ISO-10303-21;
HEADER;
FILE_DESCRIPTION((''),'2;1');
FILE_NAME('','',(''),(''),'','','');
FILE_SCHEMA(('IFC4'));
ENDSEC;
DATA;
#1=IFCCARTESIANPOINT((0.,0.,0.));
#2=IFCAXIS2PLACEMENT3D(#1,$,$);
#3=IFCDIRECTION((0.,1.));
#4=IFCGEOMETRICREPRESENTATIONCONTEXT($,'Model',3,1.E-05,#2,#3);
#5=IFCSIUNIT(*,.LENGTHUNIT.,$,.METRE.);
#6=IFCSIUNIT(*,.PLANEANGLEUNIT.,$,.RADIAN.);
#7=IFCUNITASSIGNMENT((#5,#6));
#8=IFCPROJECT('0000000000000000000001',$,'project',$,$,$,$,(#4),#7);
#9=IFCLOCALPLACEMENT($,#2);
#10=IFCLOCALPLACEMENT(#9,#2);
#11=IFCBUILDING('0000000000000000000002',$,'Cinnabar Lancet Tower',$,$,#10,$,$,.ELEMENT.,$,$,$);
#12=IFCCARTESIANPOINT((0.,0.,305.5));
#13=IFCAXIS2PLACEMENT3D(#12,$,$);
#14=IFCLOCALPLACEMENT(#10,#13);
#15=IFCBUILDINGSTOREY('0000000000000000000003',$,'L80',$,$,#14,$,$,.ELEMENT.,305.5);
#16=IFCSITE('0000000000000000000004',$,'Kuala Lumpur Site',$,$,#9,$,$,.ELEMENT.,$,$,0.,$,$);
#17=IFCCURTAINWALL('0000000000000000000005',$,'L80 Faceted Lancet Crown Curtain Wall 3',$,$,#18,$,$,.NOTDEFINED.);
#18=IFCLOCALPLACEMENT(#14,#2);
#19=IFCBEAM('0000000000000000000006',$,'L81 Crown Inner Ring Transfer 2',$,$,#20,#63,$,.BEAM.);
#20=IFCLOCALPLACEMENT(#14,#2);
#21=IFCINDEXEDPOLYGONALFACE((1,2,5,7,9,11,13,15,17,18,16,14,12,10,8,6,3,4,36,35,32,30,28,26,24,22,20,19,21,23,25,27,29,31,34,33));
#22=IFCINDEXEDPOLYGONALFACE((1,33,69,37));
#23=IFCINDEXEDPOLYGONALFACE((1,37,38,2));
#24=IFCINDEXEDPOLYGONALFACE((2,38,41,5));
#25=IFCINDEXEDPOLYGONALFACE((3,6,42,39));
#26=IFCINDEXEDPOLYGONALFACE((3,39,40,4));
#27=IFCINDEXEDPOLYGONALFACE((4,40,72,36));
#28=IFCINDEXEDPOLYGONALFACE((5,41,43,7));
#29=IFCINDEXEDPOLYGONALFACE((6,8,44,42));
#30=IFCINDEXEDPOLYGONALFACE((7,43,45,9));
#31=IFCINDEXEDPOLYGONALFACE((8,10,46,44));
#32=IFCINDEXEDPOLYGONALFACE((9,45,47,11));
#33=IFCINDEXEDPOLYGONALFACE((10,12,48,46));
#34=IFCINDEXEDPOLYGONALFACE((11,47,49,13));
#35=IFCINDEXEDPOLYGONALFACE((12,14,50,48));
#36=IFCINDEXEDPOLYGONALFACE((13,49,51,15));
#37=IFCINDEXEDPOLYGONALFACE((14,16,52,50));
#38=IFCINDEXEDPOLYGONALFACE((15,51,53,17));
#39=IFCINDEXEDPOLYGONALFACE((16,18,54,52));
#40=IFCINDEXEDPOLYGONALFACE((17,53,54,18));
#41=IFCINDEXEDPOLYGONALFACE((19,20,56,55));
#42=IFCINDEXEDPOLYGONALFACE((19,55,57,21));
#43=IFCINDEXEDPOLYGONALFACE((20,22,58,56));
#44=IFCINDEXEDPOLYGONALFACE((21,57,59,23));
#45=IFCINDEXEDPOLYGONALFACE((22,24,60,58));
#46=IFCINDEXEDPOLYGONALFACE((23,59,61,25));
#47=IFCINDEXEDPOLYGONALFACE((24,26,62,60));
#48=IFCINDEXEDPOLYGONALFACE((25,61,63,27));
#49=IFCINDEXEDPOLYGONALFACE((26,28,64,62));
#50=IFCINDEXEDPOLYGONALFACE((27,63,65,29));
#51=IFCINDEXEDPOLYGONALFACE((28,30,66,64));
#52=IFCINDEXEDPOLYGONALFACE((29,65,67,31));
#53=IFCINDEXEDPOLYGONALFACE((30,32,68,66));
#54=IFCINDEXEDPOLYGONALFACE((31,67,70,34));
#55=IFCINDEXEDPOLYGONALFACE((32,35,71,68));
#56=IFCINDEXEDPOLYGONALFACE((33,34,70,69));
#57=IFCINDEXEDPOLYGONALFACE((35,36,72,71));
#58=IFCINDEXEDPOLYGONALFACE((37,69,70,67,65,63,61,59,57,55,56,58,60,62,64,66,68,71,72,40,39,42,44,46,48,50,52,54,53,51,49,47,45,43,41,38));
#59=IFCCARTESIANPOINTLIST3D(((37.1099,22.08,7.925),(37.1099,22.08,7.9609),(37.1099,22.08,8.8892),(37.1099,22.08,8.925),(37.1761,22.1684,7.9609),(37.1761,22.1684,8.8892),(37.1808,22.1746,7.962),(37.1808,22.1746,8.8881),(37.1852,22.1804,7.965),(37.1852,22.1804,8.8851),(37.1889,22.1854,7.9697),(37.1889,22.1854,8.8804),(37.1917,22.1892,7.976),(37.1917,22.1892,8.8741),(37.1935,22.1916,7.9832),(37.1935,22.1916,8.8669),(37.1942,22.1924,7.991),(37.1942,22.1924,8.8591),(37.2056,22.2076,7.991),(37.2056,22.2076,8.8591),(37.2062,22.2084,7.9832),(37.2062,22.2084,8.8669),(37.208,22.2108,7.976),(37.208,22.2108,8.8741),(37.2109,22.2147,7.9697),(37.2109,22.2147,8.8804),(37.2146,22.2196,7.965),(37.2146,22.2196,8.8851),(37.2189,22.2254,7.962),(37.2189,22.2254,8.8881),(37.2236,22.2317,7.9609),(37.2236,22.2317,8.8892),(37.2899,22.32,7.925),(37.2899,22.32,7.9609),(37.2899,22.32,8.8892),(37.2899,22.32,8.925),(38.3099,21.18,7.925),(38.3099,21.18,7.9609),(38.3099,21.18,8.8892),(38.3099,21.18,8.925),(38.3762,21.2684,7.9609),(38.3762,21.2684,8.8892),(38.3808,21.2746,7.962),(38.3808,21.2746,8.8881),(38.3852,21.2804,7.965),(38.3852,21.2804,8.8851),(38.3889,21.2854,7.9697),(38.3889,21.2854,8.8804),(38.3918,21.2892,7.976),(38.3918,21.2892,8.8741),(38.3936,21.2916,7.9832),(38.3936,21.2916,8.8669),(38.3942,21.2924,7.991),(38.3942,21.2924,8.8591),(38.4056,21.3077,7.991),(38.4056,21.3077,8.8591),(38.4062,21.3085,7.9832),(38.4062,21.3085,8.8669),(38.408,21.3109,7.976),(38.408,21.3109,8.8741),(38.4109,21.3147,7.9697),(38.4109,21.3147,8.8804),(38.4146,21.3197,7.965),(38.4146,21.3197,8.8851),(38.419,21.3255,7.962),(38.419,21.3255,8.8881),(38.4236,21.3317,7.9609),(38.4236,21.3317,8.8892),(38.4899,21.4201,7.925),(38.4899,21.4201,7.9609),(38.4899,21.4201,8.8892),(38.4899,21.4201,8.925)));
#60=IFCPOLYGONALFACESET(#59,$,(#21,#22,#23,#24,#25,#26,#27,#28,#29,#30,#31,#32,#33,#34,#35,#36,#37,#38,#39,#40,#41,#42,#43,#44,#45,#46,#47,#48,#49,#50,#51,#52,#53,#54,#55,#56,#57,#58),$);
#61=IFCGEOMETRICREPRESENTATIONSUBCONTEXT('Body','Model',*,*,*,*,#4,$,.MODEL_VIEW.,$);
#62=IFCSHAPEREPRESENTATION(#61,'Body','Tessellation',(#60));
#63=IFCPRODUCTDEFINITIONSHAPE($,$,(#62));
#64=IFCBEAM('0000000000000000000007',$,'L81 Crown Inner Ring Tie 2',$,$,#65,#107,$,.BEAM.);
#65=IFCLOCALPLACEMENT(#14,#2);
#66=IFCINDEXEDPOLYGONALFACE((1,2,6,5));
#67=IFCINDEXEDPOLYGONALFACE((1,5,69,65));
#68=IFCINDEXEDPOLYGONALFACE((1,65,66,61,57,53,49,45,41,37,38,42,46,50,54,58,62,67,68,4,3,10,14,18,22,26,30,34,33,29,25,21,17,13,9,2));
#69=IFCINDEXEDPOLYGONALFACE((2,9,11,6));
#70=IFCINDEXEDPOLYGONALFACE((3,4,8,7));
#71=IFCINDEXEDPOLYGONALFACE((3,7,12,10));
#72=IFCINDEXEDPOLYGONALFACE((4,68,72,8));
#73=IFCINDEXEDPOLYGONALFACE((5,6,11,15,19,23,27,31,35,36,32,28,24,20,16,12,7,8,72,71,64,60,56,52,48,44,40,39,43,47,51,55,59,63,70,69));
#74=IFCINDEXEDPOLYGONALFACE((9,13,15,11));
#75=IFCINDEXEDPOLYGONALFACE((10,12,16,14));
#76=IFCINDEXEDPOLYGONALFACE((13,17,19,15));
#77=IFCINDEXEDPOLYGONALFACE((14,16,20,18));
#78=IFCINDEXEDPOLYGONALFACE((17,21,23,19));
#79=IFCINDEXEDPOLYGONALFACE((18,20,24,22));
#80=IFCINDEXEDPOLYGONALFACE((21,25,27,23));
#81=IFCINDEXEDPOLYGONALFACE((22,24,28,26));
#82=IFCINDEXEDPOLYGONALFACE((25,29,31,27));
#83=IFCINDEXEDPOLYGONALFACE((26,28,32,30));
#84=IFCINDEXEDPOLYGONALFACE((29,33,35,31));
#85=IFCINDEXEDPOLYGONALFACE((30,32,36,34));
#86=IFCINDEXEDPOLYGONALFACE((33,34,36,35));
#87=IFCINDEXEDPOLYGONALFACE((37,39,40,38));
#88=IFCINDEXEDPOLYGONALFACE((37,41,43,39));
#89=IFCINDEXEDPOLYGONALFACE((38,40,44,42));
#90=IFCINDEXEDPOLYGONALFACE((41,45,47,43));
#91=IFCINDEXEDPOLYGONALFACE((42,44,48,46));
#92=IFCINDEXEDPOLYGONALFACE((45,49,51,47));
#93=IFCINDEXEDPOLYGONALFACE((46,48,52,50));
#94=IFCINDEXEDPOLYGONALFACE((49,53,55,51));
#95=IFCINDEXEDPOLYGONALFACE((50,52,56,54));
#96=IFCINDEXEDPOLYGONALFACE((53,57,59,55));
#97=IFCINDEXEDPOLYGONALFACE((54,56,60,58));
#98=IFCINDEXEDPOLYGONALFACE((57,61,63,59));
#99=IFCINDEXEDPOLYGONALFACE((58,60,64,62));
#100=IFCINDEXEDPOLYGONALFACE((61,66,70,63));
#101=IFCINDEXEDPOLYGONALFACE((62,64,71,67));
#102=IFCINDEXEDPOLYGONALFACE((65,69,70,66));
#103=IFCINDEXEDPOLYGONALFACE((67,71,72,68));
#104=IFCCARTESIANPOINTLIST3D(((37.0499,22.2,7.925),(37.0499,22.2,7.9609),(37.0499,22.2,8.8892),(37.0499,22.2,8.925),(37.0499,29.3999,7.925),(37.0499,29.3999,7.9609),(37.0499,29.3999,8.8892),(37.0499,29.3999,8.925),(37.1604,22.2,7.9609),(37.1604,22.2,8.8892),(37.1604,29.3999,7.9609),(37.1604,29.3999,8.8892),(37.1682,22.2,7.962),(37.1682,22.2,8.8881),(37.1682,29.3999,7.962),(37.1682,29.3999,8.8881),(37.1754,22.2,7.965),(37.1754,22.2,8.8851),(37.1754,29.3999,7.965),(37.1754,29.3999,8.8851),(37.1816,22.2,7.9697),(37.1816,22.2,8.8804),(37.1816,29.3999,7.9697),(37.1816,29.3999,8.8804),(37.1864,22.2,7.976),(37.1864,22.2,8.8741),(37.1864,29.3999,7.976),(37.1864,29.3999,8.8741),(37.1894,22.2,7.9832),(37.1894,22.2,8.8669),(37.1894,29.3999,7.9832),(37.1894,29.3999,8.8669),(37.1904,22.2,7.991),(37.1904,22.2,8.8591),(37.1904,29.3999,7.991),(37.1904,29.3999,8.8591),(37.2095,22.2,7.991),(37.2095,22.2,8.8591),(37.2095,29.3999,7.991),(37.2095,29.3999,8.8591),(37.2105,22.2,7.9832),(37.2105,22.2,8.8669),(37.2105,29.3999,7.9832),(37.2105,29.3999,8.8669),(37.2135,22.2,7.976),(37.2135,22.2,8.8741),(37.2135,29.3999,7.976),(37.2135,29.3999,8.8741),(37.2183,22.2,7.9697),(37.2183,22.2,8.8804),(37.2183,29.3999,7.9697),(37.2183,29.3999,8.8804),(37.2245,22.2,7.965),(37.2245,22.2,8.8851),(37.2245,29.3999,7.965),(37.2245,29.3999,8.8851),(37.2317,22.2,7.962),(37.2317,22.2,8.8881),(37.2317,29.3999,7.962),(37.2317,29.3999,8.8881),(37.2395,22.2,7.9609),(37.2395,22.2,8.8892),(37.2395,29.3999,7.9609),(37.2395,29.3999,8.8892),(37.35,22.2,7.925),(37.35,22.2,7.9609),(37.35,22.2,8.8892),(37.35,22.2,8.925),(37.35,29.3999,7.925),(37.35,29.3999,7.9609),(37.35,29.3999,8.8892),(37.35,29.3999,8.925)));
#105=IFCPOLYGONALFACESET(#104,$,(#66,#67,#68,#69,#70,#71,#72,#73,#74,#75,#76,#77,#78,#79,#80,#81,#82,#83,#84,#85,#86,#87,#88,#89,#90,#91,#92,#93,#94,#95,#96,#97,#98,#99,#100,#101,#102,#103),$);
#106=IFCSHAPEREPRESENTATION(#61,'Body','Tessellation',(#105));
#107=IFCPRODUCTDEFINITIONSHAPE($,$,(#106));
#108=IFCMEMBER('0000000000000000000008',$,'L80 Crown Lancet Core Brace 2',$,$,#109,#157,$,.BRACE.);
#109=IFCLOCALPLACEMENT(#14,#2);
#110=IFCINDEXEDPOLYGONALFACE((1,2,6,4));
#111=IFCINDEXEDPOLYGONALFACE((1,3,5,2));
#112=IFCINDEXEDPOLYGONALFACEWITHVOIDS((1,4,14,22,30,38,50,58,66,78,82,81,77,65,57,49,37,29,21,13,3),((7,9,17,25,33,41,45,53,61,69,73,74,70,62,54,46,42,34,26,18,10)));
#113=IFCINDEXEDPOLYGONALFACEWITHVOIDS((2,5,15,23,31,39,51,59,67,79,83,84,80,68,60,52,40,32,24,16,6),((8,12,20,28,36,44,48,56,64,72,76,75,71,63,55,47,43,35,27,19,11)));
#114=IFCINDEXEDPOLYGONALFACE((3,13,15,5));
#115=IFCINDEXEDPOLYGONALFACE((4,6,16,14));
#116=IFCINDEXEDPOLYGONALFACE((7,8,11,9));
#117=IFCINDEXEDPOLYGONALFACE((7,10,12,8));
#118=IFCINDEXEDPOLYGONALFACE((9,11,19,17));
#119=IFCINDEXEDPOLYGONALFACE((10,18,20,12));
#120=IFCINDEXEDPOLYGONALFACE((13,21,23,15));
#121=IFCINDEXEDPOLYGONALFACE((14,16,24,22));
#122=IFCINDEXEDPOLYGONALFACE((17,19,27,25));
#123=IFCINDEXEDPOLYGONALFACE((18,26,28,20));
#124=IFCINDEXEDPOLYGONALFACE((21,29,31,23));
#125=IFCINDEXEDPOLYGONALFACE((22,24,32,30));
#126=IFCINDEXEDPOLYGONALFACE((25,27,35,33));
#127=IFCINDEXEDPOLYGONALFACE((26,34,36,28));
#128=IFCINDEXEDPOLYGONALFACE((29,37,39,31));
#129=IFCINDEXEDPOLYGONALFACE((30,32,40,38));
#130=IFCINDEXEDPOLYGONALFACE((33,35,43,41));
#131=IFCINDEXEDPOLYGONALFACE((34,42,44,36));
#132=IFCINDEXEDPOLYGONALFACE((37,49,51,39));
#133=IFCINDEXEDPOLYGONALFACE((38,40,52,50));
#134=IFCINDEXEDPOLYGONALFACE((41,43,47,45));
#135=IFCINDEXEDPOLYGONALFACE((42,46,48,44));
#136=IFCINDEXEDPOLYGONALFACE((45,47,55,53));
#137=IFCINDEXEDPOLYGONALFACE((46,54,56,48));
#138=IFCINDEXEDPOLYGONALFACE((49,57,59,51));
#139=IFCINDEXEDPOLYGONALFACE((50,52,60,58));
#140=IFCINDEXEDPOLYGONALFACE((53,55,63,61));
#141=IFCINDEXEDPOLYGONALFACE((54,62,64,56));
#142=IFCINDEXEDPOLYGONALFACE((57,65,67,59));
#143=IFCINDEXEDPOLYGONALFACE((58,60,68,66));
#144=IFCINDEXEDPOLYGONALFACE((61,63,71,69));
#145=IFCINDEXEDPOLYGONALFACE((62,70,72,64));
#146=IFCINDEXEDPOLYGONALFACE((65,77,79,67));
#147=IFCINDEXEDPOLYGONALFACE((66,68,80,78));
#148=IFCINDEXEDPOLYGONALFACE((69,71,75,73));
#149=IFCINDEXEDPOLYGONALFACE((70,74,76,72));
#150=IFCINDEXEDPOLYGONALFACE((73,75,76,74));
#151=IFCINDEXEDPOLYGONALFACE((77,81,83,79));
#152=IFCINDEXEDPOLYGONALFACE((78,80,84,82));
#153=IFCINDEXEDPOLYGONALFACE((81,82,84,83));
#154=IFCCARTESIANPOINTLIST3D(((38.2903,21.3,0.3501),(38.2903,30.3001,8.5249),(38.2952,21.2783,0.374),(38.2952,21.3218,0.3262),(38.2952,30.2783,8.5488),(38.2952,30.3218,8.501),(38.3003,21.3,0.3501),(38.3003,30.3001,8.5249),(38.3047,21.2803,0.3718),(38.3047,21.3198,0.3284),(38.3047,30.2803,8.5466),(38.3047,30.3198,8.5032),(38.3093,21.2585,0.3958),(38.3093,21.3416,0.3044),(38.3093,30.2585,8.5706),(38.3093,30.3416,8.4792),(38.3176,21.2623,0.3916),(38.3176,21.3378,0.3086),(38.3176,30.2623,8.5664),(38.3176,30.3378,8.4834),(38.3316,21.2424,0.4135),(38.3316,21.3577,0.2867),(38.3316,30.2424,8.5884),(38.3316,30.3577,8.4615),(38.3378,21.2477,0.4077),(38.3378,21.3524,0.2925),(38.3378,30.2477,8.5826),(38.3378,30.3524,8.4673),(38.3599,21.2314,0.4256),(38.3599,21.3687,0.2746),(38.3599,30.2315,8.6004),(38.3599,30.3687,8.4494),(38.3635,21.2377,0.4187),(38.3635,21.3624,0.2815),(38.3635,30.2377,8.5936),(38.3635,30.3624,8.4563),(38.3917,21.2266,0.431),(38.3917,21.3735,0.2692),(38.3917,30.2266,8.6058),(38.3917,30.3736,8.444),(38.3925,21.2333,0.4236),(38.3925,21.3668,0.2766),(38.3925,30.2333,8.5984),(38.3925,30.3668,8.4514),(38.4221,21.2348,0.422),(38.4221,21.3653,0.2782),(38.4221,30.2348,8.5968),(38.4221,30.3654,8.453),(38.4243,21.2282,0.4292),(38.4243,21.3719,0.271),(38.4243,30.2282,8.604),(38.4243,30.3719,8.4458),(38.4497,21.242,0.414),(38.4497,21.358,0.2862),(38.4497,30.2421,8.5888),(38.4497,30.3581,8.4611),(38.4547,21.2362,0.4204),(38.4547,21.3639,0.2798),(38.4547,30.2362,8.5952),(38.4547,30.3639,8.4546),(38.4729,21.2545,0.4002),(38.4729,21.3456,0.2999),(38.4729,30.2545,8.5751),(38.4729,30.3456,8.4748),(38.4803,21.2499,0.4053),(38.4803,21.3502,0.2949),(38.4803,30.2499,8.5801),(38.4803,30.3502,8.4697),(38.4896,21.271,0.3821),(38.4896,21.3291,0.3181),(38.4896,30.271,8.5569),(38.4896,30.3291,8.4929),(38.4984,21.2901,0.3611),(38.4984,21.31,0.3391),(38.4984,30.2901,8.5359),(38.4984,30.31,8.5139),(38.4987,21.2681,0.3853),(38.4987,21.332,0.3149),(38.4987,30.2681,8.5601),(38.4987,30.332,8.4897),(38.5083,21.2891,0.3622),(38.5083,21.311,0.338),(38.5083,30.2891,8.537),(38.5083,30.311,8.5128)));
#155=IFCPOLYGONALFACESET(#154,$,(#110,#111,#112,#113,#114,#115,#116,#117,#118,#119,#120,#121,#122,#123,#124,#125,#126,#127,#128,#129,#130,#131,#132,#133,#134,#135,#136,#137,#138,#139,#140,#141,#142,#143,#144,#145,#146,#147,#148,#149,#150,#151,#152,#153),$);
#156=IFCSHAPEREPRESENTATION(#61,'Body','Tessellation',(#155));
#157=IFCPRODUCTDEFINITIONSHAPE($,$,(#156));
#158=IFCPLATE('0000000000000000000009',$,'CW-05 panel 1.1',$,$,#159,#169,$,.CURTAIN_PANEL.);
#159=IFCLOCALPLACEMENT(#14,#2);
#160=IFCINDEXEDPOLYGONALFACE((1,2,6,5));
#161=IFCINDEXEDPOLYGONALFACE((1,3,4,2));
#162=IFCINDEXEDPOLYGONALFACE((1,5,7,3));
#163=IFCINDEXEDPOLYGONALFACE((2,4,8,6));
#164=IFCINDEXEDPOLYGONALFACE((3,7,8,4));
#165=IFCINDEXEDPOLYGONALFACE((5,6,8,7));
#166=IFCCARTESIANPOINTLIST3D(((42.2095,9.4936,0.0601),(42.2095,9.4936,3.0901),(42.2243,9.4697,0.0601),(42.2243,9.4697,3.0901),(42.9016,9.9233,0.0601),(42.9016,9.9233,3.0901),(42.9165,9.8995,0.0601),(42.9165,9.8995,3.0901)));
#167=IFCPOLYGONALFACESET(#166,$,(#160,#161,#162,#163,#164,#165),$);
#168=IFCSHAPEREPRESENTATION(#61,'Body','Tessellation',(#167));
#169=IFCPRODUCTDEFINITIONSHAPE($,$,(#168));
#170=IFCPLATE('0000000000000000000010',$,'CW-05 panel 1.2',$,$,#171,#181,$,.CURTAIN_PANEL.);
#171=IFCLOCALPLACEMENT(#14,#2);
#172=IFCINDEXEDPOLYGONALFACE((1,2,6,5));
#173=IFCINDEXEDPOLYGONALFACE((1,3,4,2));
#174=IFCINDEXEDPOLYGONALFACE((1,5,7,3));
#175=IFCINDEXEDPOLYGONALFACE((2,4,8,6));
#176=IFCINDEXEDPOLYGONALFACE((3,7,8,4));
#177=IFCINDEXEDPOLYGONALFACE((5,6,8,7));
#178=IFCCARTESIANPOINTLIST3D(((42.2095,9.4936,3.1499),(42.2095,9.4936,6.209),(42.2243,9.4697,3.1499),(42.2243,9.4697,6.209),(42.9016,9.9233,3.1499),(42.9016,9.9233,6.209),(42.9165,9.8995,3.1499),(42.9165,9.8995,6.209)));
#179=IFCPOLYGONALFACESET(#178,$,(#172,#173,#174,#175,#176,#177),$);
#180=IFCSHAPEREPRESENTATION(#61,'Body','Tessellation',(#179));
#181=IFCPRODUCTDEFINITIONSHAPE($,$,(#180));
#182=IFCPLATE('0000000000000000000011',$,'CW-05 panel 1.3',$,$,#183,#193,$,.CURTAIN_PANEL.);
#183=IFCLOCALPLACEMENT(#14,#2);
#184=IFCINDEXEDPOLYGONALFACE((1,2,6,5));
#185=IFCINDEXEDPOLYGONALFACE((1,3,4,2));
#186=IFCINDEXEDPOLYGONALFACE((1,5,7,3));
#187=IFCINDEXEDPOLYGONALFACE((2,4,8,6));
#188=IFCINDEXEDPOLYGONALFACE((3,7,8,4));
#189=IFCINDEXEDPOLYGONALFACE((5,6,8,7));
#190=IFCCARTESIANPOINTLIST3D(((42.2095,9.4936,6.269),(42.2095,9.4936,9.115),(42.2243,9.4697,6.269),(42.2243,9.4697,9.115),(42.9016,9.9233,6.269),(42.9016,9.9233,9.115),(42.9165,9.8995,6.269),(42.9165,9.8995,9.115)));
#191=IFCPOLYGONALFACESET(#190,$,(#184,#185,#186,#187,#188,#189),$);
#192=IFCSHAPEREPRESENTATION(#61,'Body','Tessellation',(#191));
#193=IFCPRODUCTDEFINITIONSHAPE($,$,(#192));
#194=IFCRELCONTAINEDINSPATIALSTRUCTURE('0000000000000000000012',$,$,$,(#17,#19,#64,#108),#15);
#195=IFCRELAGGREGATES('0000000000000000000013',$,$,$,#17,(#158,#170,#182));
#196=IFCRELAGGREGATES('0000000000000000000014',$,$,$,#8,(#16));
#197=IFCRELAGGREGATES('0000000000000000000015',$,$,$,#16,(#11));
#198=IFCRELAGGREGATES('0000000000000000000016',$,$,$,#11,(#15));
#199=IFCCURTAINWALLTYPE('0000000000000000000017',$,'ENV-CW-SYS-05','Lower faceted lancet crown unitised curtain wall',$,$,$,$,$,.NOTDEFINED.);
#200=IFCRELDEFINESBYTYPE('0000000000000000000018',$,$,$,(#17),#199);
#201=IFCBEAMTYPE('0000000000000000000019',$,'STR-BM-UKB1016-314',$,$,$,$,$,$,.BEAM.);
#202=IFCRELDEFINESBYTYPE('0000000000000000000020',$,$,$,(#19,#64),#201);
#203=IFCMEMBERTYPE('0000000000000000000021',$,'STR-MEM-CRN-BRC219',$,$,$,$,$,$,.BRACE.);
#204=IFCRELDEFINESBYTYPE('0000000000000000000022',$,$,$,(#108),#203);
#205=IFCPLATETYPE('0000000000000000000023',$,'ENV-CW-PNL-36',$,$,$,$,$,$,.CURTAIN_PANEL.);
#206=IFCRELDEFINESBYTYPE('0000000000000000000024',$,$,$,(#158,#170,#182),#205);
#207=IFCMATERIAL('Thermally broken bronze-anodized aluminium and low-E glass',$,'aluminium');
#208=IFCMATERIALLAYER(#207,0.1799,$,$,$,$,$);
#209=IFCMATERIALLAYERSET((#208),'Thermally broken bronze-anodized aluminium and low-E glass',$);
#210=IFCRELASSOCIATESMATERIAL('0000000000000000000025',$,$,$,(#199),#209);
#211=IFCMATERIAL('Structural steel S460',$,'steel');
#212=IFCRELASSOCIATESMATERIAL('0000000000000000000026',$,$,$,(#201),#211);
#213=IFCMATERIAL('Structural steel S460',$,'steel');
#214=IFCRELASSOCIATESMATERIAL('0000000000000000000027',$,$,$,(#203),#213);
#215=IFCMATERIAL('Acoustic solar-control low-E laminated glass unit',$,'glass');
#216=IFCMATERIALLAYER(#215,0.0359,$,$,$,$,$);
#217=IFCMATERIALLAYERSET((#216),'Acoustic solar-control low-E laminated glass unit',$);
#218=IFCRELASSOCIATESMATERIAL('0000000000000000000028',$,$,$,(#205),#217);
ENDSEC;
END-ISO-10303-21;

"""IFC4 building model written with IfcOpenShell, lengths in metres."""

from ifc_helpers import new_model, si_unit, direction, frame, origin, origin_2d, place, context, subcontext, project, spatial, rectangle, hollow_circle, i_section, extrude, material, layer, layer_set, material_profile, profile_set, type_object, element, aggregate, save


model = new_model("IFC4")

# Units and contexts
model_context = context("Model", 3, precision=1e-05, world=origin(), true_north=direction((0.0, 1.0)))
body_context = subcontext(model_context, "Body", "Model", "MODEL_VIEW")
ifc_project = project(units=[si_unit("LENGTHUNIT", "METRE"), si_unit("PLANEANGLEUNIT", "RADIAN")], contexts=[model_context])

# Site, building, storey
site_placement = place(None, origin())
site = spatial("IfcSite", under=ifc_project, at=site_placement, Name="Kuala Lumpur Site", CompositionType="ELEMENT", RefElevation=0.0)
building_placement = place(site_placement, origin())
building = spatial("IfcBuilding", under=site, at=building_placement, Name="Cinnabar Lancet Tower", CompositionType="ELEMENT")
storey_placement = place(building_placement, frame((0.0, 0.0, 305.5)))
storey = spatial("IfcBuildingStorey", under=building, at=storey_placement, Name="L80", CompositionType="ELEMENT", Elevation=305.5)

# Curtain wall
ifc_material_1 = material(Name="Thermally broken bronze-anodized aluminium and low-E glass", Category="aluminium")
ifc_layer_1 = layer(ifc_material_1, 0.1799)
ifc_layer_set_1 = layer_set([ifc_layer_1], Name="Thermally broken bronze-anodized aluminium and low-E glass")
curtain_wall_type = type_object("IfcCurtainWallType", Name="ENV-CW-SYS-05", Description="Lower faceted lancet crown unitised curtain wall", PredefinedType="NOTDEFINED", material=ifc_layer_set_1)
curtain_wall_1_placement = place(storey_placement, origin())
curtain_wall_1 = element("IfcCurtainWall", 1, at=curtain_wall_1_placement, inside=storey, type_object=curtain_wall_type, Name="L80 Faceted Lancet Crown Curtain Wall 3", PredefinedType="NOTDEFINED")

# Beams
ifc_material_2 = material(Name="Structural steel S460", Category="steel")
ifc_material_profile_1 = material_profile(ifc_material_2, i_section(OverallWidth=0.3, OverallDepth=1.0, WebThickness=0.019, FlangeThickness=0.0359, FilletRadius=0.03, at=origin_2d()), Name="UKB 1016x305x314")
ifc_profile_set_1 = profile_set([ifc_material_profile_1], Name="Structural steel S460")
beam_type = type_object("IfcBeamType", Name="STR-BM-UKB1016-314", PredefinedType="BEAM", material=ifc_profile_set_1)
beam_1_placement = place(storey_placement, frame((38.3999, 21.3, 8.425), z_axis=(-0.80002, 0.599974, 0.0), x_axis=(-0.599974, -0.80002, 0.0)))
element("IfcBeam", 2, at=beam_1_placement, inside=storey, type_object=beam_type, Name="L81 Crown Inner Ring Transfer 2", PredefinedType="BEAM", context=body_context, shape_type="SweptSolid", body=[
    extrude(i_section(OverallWidth=0.3, OverallDepth=1.0, WebThickness=0.019, FlangeThickness=0.0359, FilletRadius=0.03, at=origin_2d()), origin(), (0.0, 0.0, 1.0), 1.5),
])
beam_2_placement = place(storey_placement, frame((37.2, 22.2, 8.425), z_axis=(0.0, 1.0, 0.0), x_axis=(-1.0, 0.0, 0.0)))
element("IfcBeam", 3, at=beam_2_placement, inside=storey, type_object=beam_type, Name="L81 Crown Inner Ring Tie 2", PredefinedType="BEAM", context=body_context, shape_type="SweptSolid", body=[
    extrude(i_section(OverallWidth=0.3, OverallDepth=1.0, WebThickness=0.019, FlangeThickness=0.0359, FilletRadius=0.03, at=origin_2d()), origin(), (0.0, 0.0, 1.0), 7.2),
])

# Member
ifc_material_3 = material(Name="Structural steel S460", Category="steel")
ifc_material_profile_2 = material_profile(ifc_material_3, hollow_circle(Radius=0.1096, WallThickness=0.01, at=origin_2d()), Name="CHS 219.1x10")
ifc_profile_set_2 = profile_set([ifc_material_profile_2], Name="Structural steel S460")
member_type_1 = type_object("IfcMemberType", Name="STR-MEM-CRN-BRC219", PredefinedType="BRACE", material=ifc_profile_set_2)
member_1_placement = place(storey_placement, frame((38.3999, 21.3, 0.3501), z_axis=(0.0, 0.740227, 0.672357), x_axis=(-1.0, 0.0, 0.0)))
element("IfcMember", 4, at=member_1_placement, inside=storey, type_object=member_type_1, Name="L80 Crown Lancet Core Brace 2", PredefinedType="BRACE", context=body_context, shape_type="SweptSolid", body=[
    extrude(hollow_circle(Radius=0.1096, WallThickness=0.01, at=origin_2d()), origin(), (0.0, 0.0, 1.0), 12.1584),
])

# Plates
ifc_material_4 = material(Name="Acoustic solar-control low-E laminated glass unit", Category="glass")
ifc_layer_2 = layer(ifc_material_4, 0.0359)
ifc_layer_set_2 = layer_set([ifc_layer_2], Name="Acoustic solar-control low-E laminated glass unit")
plate_type_1 = type_object("IfcPlateType", Name="ENV-CW-PNL-36", PredefinedType="CURTAIN_PANEL", material=ifc_layer_set_2)
plate_1_placement = place(storey_placement, frame((42.563, 9.6965, 0.0601), z_axis=(0.0, 0.0, 1.0), x_axis=(0.849557, 0.527496, 0.0)))
plate_1 = element("IfcPlate", 5, at=plate_1_placement, type_object=plate_type_1, Name="CW-05 panel 1.1", PredefinedType="CURTAIN_PANEL", context=body_context, shape_type="SweptSolid", body=[
    extrude(rectangle(XDim=0.8147, YDim=0.0281, at=origin_2d()), origin(), (0.0, 0.0, 1.0), 3.03),
])
plate_2_placement = place(storey_placement, frame((42.563, 9.6965, 3.1499), z_axis=(0.0, 0.0, 1.0), x_axis=(0.849557, 0.527496, 0.0)))
plate_2 = element("IfcPlate", 6, at=plate_2_placement, type_object=plate_type_1, Name="CW-05 panel 1.2", PredefinedType="CURTAIN_PANEL", context=body_context, shape_type="SweptSolid", body=[
    extrude(rectangle(XDim=0.8147, YDim=0.0281, at=origin_2d()), origin(), (0.0, 0.0, 1.0), 3.0591),
])
plate_3_placement = place(storey_placement, frame((42.563, 9.6965, 6.269), z_axis=(0.0, 0.0, 1.0), x_axis=(0.849557, 0.527496, 0.0)))
plate_3 = element("IfcPlate", 7, at=plate_3_placement, type_object=plate_type_1, Name="CW-05 panel 1.3", PredefinedType="CURTAIN_PANEL", context=body_context, shape_type="SweptSolid", body=[
    extrude(rectangle(XDim=0.8147, YDim=0.0281, at=origin_2d()), origin(), (0.0, 0.0, 1.0), 2.8459),
])
aggregate(curtain_wall_1, [plate_1, plate_2, plate_3])

save(model, "model.ifc")
